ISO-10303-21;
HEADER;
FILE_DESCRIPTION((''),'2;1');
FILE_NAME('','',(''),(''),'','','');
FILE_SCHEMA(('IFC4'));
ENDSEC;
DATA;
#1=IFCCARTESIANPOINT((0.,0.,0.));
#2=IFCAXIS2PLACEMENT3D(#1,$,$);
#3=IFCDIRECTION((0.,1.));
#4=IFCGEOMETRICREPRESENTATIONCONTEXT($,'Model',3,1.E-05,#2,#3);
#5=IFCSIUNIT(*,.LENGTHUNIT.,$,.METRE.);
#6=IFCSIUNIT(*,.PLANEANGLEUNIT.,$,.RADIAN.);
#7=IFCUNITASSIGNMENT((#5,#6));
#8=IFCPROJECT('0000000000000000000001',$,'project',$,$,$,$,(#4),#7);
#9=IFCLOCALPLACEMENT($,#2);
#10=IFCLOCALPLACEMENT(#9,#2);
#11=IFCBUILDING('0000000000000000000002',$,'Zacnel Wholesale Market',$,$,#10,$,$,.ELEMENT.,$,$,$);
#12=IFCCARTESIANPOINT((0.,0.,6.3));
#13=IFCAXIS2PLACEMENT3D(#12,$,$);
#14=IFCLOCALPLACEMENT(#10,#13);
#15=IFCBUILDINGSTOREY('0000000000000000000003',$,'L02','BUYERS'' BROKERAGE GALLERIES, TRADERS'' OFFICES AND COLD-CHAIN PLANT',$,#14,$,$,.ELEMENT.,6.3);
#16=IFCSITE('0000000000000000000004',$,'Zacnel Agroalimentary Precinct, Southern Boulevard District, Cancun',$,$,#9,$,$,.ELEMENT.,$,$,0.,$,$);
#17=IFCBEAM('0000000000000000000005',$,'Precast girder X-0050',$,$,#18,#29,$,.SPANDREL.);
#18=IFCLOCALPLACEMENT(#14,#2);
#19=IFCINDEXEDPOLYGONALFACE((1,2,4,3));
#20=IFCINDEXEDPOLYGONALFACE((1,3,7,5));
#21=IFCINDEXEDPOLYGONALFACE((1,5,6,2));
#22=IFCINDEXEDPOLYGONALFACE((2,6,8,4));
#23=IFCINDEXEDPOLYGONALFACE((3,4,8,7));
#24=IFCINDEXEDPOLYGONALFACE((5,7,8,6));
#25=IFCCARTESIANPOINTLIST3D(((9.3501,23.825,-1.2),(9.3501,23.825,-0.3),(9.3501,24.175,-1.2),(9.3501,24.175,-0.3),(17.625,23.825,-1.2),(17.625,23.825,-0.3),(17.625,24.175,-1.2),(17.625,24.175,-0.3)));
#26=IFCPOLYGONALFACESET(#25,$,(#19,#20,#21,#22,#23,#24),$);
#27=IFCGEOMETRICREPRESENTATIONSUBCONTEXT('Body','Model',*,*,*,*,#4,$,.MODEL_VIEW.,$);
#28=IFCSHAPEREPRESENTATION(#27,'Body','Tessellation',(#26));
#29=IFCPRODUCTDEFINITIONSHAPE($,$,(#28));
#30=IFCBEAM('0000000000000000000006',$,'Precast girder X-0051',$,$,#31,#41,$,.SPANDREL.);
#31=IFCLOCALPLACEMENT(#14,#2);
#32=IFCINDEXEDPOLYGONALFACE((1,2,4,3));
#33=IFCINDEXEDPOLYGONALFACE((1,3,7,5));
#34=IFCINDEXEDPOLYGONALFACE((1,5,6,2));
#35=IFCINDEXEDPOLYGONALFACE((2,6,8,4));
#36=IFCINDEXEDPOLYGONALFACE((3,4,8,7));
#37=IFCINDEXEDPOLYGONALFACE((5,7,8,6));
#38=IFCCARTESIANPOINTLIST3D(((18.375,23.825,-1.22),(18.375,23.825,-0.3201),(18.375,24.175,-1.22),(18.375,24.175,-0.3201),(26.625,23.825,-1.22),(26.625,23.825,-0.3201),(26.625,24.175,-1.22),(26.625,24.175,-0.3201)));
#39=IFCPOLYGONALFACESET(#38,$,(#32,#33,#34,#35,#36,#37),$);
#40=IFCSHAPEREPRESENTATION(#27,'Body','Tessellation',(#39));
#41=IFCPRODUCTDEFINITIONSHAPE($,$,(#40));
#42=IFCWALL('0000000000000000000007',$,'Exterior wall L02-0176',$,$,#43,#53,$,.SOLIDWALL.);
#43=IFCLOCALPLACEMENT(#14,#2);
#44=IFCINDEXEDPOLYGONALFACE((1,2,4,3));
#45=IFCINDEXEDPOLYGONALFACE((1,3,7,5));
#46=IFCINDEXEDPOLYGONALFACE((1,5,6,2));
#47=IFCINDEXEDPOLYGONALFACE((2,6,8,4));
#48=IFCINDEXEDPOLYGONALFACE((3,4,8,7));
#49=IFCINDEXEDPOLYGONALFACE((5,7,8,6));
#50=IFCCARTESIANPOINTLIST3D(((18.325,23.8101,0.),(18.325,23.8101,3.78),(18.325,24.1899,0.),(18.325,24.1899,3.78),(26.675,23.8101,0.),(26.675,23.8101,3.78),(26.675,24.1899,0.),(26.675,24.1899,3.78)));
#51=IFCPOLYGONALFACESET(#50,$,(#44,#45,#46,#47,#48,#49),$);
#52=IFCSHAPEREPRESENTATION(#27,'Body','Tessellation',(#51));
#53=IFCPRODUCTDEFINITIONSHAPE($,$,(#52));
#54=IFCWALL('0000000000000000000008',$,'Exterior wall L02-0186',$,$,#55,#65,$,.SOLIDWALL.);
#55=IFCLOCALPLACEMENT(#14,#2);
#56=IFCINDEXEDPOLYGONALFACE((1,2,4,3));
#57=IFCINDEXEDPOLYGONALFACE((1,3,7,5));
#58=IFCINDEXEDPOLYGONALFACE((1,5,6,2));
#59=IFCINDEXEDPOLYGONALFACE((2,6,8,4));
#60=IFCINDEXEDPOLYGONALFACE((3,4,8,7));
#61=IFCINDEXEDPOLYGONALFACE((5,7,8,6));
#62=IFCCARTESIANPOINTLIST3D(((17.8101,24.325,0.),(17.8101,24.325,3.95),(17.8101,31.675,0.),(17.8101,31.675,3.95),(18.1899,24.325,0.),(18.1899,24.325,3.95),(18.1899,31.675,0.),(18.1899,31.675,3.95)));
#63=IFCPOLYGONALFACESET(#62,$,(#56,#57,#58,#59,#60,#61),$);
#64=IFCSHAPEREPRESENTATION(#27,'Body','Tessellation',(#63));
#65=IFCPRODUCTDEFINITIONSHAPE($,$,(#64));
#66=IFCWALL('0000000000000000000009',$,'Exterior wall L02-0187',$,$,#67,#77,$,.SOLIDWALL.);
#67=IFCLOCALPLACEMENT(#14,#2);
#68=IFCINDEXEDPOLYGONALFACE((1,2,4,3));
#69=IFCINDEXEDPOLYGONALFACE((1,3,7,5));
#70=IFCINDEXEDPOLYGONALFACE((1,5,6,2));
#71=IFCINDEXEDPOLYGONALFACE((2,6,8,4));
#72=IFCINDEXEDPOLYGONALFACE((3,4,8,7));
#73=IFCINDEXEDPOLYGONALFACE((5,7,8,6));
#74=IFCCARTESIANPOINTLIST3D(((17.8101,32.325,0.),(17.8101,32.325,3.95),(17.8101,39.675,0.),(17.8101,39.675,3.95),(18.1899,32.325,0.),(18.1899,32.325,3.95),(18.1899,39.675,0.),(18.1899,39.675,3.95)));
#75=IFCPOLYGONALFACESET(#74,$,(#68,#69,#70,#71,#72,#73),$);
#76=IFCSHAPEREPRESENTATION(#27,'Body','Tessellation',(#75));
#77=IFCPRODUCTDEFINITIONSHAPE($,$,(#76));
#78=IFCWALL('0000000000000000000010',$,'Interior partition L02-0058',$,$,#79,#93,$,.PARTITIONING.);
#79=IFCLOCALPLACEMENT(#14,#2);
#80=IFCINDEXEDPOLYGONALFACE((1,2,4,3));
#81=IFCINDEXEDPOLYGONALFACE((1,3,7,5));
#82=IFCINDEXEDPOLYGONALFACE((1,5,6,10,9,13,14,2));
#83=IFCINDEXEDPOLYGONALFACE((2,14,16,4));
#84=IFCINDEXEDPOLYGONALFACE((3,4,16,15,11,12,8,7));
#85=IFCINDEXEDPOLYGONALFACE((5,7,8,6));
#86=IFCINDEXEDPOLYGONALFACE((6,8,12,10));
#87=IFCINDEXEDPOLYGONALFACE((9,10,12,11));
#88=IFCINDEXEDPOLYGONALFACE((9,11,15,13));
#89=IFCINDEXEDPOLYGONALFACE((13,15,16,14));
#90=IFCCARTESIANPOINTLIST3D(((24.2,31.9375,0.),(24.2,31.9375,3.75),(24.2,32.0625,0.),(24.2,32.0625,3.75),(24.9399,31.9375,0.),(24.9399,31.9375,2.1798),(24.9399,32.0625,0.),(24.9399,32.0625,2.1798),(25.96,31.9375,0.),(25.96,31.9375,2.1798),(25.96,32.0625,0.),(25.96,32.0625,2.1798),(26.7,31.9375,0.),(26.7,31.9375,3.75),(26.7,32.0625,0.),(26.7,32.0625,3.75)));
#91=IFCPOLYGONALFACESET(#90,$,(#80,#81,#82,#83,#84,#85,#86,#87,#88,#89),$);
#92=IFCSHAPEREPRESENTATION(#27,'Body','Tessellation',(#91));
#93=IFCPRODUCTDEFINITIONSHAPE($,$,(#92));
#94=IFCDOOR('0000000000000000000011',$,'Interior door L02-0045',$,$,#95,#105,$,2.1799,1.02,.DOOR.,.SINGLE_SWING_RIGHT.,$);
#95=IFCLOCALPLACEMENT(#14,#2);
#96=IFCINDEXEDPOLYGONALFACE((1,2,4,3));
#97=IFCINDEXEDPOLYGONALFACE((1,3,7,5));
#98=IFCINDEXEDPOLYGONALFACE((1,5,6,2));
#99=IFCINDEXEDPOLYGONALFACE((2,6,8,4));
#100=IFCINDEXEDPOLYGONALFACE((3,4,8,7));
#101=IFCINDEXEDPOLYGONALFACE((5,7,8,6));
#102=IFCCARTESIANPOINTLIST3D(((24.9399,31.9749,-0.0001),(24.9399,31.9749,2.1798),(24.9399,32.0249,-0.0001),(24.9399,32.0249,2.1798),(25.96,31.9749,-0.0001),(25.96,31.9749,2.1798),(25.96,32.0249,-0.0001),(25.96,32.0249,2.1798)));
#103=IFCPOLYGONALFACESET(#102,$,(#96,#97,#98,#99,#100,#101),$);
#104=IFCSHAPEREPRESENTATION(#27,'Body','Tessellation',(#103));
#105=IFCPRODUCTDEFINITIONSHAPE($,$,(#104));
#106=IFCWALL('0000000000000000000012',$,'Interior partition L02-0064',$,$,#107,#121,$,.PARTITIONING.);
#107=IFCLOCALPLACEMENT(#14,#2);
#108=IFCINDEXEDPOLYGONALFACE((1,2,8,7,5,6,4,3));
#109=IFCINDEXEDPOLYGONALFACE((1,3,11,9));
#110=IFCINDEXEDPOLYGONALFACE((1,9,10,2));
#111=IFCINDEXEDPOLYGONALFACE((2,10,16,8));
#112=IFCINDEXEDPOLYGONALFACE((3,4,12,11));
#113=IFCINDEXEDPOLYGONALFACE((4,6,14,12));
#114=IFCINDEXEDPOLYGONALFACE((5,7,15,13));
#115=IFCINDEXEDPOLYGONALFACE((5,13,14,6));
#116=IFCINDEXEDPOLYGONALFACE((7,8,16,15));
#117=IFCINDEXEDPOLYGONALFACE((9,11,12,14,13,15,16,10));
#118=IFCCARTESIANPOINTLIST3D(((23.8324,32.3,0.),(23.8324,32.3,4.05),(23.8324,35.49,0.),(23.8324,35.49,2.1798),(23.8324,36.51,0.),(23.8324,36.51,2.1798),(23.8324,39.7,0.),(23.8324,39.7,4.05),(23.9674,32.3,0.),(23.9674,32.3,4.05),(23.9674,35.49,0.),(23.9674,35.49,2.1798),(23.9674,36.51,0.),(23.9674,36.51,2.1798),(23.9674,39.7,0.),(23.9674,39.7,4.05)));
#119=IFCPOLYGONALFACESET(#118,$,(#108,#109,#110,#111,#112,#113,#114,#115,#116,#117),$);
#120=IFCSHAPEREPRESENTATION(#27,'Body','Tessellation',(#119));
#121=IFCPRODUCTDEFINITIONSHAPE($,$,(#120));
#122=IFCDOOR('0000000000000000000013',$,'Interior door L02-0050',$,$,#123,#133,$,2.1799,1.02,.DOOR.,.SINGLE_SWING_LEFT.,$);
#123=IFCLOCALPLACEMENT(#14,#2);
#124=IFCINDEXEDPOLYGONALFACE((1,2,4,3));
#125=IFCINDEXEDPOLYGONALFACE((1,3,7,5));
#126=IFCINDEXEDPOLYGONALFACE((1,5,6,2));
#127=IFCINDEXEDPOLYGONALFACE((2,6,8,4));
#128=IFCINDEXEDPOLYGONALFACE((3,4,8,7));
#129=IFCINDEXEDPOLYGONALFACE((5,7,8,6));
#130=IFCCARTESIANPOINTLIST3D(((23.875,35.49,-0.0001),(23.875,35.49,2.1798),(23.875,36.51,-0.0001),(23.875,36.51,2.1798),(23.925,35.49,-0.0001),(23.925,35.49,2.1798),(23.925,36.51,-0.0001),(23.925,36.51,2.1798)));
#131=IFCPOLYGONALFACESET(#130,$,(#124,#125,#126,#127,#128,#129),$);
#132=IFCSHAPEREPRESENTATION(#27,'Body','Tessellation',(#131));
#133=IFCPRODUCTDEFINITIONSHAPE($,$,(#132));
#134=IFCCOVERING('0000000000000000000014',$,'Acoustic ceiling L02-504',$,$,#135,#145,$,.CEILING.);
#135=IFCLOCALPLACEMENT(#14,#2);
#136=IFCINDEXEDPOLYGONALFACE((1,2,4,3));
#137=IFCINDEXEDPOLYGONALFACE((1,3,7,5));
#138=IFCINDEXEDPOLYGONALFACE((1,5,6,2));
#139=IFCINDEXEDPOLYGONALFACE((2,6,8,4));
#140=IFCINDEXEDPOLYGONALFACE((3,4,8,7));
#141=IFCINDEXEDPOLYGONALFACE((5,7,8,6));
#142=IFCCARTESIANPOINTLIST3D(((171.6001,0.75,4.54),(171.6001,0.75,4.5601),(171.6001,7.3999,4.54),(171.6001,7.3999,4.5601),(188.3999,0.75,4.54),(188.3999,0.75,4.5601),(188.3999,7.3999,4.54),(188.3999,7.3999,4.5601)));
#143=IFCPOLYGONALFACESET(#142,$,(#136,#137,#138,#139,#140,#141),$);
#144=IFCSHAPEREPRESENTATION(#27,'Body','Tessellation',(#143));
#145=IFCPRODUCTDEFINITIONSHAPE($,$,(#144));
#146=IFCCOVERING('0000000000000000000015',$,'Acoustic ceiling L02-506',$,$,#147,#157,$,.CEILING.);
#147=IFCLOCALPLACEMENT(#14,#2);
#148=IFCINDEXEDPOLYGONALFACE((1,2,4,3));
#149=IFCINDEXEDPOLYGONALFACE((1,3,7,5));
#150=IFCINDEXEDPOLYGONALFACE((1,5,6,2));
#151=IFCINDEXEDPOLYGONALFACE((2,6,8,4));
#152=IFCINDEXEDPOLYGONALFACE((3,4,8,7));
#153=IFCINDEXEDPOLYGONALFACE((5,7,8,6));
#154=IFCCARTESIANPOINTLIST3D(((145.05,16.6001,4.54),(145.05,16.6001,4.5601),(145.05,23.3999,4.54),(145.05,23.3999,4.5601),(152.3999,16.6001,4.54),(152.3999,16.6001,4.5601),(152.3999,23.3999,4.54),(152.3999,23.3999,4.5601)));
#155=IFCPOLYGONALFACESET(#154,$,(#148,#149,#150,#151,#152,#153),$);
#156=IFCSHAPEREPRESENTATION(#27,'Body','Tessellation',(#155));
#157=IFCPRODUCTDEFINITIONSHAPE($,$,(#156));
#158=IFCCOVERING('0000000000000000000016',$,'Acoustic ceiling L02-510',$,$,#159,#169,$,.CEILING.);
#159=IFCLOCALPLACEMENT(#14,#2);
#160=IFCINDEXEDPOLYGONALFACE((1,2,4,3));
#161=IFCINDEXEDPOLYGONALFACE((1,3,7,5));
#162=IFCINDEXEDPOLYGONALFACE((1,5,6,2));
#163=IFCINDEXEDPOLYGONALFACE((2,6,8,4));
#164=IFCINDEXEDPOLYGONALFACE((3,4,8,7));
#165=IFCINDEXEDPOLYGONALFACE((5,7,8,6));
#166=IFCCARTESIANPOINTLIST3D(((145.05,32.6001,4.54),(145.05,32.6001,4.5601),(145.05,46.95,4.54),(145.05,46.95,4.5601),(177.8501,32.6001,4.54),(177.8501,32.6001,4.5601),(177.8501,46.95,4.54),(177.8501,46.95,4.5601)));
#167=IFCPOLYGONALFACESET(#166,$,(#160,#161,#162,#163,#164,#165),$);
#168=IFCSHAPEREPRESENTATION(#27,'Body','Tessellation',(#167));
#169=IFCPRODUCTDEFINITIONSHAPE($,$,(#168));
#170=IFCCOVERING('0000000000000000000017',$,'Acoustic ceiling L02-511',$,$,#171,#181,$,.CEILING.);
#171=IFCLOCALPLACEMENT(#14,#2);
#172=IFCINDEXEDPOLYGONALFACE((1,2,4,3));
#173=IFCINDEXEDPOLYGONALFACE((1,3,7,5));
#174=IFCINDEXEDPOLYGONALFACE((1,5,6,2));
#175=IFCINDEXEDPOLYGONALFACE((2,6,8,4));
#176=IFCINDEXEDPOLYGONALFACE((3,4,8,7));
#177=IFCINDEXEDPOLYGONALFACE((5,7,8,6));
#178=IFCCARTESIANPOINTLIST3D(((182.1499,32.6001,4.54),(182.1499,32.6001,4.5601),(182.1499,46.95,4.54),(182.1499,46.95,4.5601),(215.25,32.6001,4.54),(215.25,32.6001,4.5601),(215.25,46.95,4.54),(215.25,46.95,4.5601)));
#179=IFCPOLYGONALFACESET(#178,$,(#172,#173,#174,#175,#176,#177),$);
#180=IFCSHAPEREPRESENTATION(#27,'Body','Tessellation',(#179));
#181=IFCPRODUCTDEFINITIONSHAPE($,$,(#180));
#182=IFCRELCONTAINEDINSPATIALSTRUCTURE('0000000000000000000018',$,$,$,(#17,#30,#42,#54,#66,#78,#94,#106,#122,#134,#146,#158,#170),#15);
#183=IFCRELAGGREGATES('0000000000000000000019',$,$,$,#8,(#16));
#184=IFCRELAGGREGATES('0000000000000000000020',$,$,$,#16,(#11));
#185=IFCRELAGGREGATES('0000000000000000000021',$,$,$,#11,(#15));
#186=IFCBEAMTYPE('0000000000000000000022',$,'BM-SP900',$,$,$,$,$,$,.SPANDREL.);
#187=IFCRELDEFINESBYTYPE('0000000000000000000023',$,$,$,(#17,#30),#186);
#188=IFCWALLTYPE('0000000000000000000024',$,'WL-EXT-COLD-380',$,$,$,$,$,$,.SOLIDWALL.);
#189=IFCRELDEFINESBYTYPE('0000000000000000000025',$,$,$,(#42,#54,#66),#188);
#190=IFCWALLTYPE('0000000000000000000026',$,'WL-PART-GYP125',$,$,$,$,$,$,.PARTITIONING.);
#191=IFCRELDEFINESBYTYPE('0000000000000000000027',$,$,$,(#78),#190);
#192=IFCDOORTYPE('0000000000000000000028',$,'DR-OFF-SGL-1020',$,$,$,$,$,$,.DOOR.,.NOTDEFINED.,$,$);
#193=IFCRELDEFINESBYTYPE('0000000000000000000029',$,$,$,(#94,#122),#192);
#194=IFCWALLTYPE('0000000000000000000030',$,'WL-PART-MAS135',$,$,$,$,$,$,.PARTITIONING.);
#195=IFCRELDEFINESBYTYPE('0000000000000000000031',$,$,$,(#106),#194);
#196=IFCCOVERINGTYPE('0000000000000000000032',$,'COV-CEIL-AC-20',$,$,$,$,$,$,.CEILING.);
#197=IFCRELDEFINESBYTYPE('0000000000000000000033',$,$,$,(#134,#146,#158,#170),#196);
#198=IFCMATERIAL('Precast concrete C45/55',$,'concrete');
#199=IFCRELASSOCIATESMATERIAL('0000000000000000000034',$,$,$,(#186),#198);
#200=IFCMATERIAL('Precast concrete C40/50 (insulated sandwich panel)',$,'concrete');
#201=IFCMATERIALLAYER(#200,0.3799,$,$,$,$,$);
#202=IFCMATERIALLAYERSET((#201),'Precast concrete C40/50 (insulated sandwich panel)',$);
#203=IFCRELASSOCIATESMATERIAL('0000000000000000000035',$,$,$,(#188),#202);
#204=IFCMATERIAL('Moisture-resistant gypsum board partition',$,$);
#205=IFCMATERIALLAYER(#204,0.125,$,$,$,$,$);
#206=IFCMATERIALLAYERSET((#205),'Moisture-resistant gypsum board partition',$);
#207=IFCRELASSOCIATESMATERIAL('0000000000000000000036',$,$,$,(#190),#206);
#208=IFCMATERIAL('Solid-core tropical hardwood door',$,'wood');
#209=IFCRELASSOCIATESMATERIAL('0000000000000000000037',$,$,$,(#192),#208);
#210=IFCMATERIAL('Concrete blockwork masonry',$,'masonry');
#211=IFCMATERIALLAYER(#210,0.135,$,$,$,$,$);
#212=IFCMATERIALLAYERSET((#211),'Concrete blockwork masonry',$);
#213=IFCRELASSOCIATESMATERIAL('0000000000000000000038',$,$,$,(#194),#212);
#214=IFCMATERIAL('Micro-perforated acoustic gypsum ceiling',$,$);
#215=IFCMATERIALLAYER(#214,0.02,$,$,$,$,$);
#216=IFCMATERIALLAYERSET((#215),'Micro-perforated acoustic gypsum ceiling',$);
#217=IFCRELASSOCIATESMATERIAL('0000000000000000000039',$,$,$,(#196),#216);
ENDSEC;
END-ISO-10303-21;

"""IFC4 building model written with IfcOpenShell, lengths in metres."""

from ifc_helpers import new_model, si_unit, direction, frame, frame_2d, origin, origin_2d, place, context, subcontext, project, spatial, polyline, rectangle, outline, extrude, material, layer, layer_set, material_profile, profile_set, type_object, element, fill, save


model = new_model("IFC4")

# Units and contexts
model_context = context("Model", 3, precision=1e-05, world=origin(), true_north=direction((0.0, 1.0)))
body_context = subcontext(model_context, "Body", "Model", "MODEL_VIEW")
ifc_project = project(units=[si_unit("LENGTHUNIT", "METRE"), si_unit("PLANEANGLEUNIT", "RADIAN")], contexts=[model_context])

# Site, building, storey
site_placement = place(None, origin())
site = spatial("IfcSite", under=ifc_project, at=site_placement, Name="Zacnel Agroalimentary Precinct, Southern Boulevard District, Cancun", CompositionType="ELEMENT", RefElevation=0.0)
building_placement = place(site_placement, origin())
building = spatial("IfcBuilding", under=site, at=building_placement, Name="Zacnel Wholesale Market", CompositionType="ELEMENT")
storey_placement = place(building_placement, frame((0.0, 0.0, 6.3)))
storey = spatial("IfcBuildingStorey", under=building, at=storey_placement, Name="L02", Description="BUYERS' BROKERAGE GALLERIES, TRADERS' OFFICES AND COLD-CHAIN PLANT", CompositionType="ELEMENT", Elevation=6.3)

# Beams
ifc_material_1 = material(Name="Precast concrete C45/55", Category="concrete")
ifc_material_profile_1 = material_profile(ifc_material_1, rectangle(XDim=0.3501, YDim=0.8999, at=origin_2d()), Name="SP 350x900")
ifc_profile_set_1 = profile_set([ifc_material_profile_1], Name="Precast concrete C45/55")
beam_type_1 = type_object("IfcBeamType", Name="BM-SP900", PredefinedType="SPANDREL", material=ifc_profile_set_1)
beam_1_placement = place(storey_placement, frame((9.3501, 24.0, -0.75), z_axis=(1.0, 0.0, 0.0), x_axis=(0.0, 1.0, 0.0)))
element("IfcBeam", 1, at=beam_1_placement, inside=storey, type_object=beam_type_1, Name="Precast girder X-0050", PredefinedType="SPANDREL", context=body_context, shape_type="SweptSolid", body=[
    extrude(rectangle(XDim=0.3501, YDim=0.8999, at=origin_2d()), origin(), (0.0, 0.0, 1.0), 8.2749),
])
beam_2_placement = place(storey_placement, frame((18.375, 24.0, -0.77), z_axis=(1.0, 0.0, 0.0), x_axis=(0.0, 1.0, 0.0)))
element("IfcBeam", 2, at=beam_2_placement, inside=storey, type_object=beam_type_1, Name="Precast girder X-0051", PredefinedType="SPANDREL", context=body_context, shape_type="SweptSolid", body=[
    extrude(rectangle(XDim=0.3501, YDim=0.8999, at=origin_2d()), origin(), (0.0, 0.0, 1.0), 8.25),
])

# Walls
ifc_material_2 = material(Name="Precast concrete C40/50 (insulated sandwich panel)", Category="concrete")
ifc_layer_1 = layer(ifc_material_2, 0.3799)
ifc_layer_set_1 = layer_set([ifc_layer_1], Name="Precast concrete C40/50 (insulated sandwich panel)")
wall_type_1 = type_object("IfcWallType", Name="WL-EXT-COLD-380", PredefinedType="SOLIDWALL", material=ifc_layer_set_1)
wall_1_placement = place(storey_placement, frame((18.325, 24.0, 0.0), z_axis=(0.0, 0.0, 1.0), x_axis=(1.0, 0.0, 0.0)))
element("IfcWall", 3, at=wall_1_placement, inside=storey, type_object=wall_type_1, Name="Exterior wall L02-0176", PredefinedType="SOLIDWALL", context=body_context, shape_type="SweptSolid", body=[
    extrude(rectangle(XDim=8.3501, YDim=0.3799, at=frame_2d((4.175, 0.0))), origin(), (0.0, 0.0, 1.0), 3.78),
])
for number, where, z_axis, x_axis, name in (
    (4, (18.0, 24.325, 0.0), (0.0, 0.0, 1.0), (0.0, 1.0, 0.0), "Exterior wall L02-0186"),
    (5, (18.0, 32.325, 0.0), (0.0, 0.0, 1.0), (0.0, 1.0, 0.0), "Exterior wall L02-0187"),
):
    element("IfcWall", number, at=place(storey_placement, frame(where, z_axis=z_axis, x_axis=x_axis)), inside=storey, type_object=wall_type_1, Name=name, PredefinedType="SOLIDWALL", context=body_context, shape_type="SweptSolid", body=[
        extrude(rectangle(XDim=7.3501, YDim=0.3799, at=frame_2d((3.675, 0.0))), origin(), (0.0, 0.0, 1.0), 3.95),
    ])

# Walls, openings, doors
ifc_material_3 = material(Name="Moisture-resistant gypsum board partition")
ifc_layer_2 = layer(ifc_material_3, 0.125)
ifc_layer_set_2 = layer_set([ifc_layer_2], Name="Moisture-resistant gypsum board partition")
wall_type_2 = type_object("IfcWallType", Name="WL-PART-GYP125", PredefinedType="PARTITIONING", material=ifc_layer_set_2)
wall_2_placement = place(storey_placement, frame((24.2, 32.0, 0.0), z_axis=(0.0, 0.0, 1.0), x_axis=(1.0, 0.0, 0.0)))
wall_2 = element("IfcWall", 6, at=wall_2_placement, inside=storey, type_object=wall_type_2, Name="Interior partition L02-0058", PredefinedType="PARTITIONING", context=body_context, shape_type="SweptSolid", body=[
    extrude(rectangle(XDim=2.5, YDim=0.125, at=frame_2d((1.25, 0.0))), origin(), (0.0, 0.0, 1.0), 3.75),
])
opening_1_placement = place(wall_2_placement, frame((0.74, 0.0, 0.0)))
opening_1 = element("IfcOpeningElement", 7, at=opening_1_placement, cuts=wall_2, PredefinedType="OPENING", context=body_context, shape_type="SweptSolid", body=[
    extrude(rectangle(XDim=1.02, YDim=2.1799, at=frame_2d((0.51, 1.0898))), frame((0.0, 0.0725, 0.0), z_axis=(0.0, -1.0, 0.0), x_axis=(1.0, 0.0, 0.0)), (0.0, 0.0, 1.0), 0.145),
])
ifc_material_4 = material(Name="Solid-core tropical hardwood door", Category="wood")
door_type_1 = type_object("IfcDoorType", Name="DR-OFF-SGL-1020", OperationType="NOTDEFINED", PredefinedType="DOOR", material=ifc_material_4)
door_1_placement = place(opening_1_placement, origin())
door_1 = element("IfcDoor", 8, at=door_1_placement, inside=storey, type_object=door_type_1, Name="Interior door L02-0045", OperationType="SINGLE_SWING_RIGHT", OverallHeight=2.1799, OverallWidth=1.02, PredefinedType="DOOR", context=body_context, shape_type="SweptSolid", body=[
    extrude(rectangle(XDim=1.02, YDim=2.1799, at=frame_2d((0.51, 1.0898))), frame((0.0, 0.0249, 0.0), z_axis=(0.0, -1.0, 0.0), x_axis=(1.0, 0.0, 0.0)), (0.0, 0.0, 1.0), 0.05),
])
fill(opening_1, door_1)
ifc_material_5 = material(Name="Concrete blockwork masonry", Category="masonry")
ifc_layer_3 = layer(ifc_material_5, 0.135)
ifc_layer_set_3 = layer_set([ifc_layer_3], Name="Concrete blockwork masonry")
wall_type_3 = type_object("IfcWallType", Name="WL-PART-MAS135", PredefinedType="PARTITIONING", material=ifc_layer_set_3)
wall_3_placement = place(storey_placement, frame((23.8999, 32.3, 0.0), z_axis=(0.0, 0.0, 1.0), x_axis=(0.0, 1.0, 0.0)))
wall_3 = element("IfcWall", 9, at=wall_3_placement, inside=storey, type_object=wall_type_3, Name="Interior partition L02-0064", PredefinedType="PARTITIONING", context=body_context, shape_type="SweptSolid", body=[
    extrude(rectangle(XDim=7.3999, YDim=0.135, at=frame_2d((3.7, 0.0))), origin(), (0.0, 0.0, 1.0), 4.05),
])
opening_2_placement = place(wall_3_placement, frame((3.1899, 0.0, 0.0)))
opening_2 = element("IfcOpeningElement", 10, at=opening_2_placement, cuts=wall_3, PredefinedType="OPENING", context=body_context, shape_type="SweptSolid", body=[
    extrude(rectangle(XDim=1.02, YDim=2.1799, at=frame_2d((0.51, 1.0898))), frame((0.0, 0.0774, 0.0), z_axis=(0.0, -1.0, 0.0), x_axis=(1.0, 0.0, 0.0)), (0.0, 0.0, 1.0), 0.155),
])
door_2_placement = place(opening_2_placement, origin())
door_2 = element("IfcDoor", 11, at=door_2_placement, inside=storey, type_object=door_type_1, Name="Interior door L02-0050", OperationType="SINGLE_SWING_LEFT", OverallHeight=2.1799, OverallWidth=1.02, PredefinedType="DOOR", context=body_context, shape_type="SweptSolid", body=[
    extrude(rectangle(XDim=1.02, YDim=2.1799, at=frame_2d((0.51, 1.0898))), frame((0.0, 0.0249, 0.0), z_axis=(0.0, -1.0, 0.0), x_axis=(1.0, 0.0, 0.0)), (0.0, 0.0, 1.0), 0.05),
])
fill(opening_2, door_2)

# Coverings
ifc_material_6 = material(Name="Micro-perforated acoustic gypsum ceiling")
ifc_layer_4 = layer(ifc_material_6, 0.02)
ifc_layer_set_4 = layer_set([ifc_layer_4], Name="Micro-perforated acoustic gypsum ceiling")
covering_type_1 = type_object("IfcCoveringType", Name="COV-CEIL-AC-20", PredefinedType="CEILING", material=ifc_layer_set_4)
covering_1_placement = place(storey_placement, frame((0.0, 0.0, 4.54)))
element("IfcCovering", 12, at=covering_1_placement, inside=storey, type_object=covering_type_1, Name="Acoustic ceiling L02-504", PredefinedType="CEILING", context=body_context, shape_type="SweptSolid", body=[
    extrude(outline(polyline([(171.6001, 0.75), (188.3999, 0.75), (188.3999, 7.3999), (171.6001, 7.3999), (171.6001, 0.75)])), origin(), (0.0, 0.0, 1.0), 0.02),
])
covering_2_placement = place(storey_placement, frame((0.0, 0.0, 4.54)))
element("IfcCovering", 13, at=covering_2_placement, inside=storey, type_object=covering_type_1, Name="Acoustic ceiling L02-506", PredefinedType="CEILING", context=body_context, shape_type="SweptSolid", body=[
    extrude(outline(polyline([(145.05, 16.6001), (152.3999, 16.6001), (152.3999, 23.3999), (145.05, 23.3999), (145.05, 16.6001)])), origin(), (0.0, 0.0, 1.0), 0.02),
])
covering_3_placement = place(storey_placement, frame((0.0, 0.0, 4.54)))
element("IfcCovering", 14, at=covering_3_placement, inside=storey, type_object=covering_type_1, Name="Acoustic ceiling L02-510", PredefinedType="CEILING", context=body_context, shape_type="SweptSolid", body=[
    extrude(outline(polyline([(145.05, 32.6001), (177.8501, 32.6001), (177.8501, 46.95), (145.05, 46.95), (145.05, 32.6001)])), origin(), (0.0, 0.0, 1.0), 0.02),
])
covering_4_placement = place(storey_placement, frame((0.0, 0.0, 4.54)))
element("IfcCovering", 15, at=covering_4_placement, inside=storey, type_object=covering_type_1, Name="Acoustic ceiling L02-511", PredefinedType="CEILING", context=body_context, shape_type="SweptSolid", body=[
    extrude(outline(polyline([(182.1499, 32.6001), (215.25, 32.6001), (215.25, 46.95), (182.1499, 46.95), (182.1499, 32.6001)])), origin(), (0.0, 0.0, 1.0), 0.02),
])

save(model, "model.ifc")
